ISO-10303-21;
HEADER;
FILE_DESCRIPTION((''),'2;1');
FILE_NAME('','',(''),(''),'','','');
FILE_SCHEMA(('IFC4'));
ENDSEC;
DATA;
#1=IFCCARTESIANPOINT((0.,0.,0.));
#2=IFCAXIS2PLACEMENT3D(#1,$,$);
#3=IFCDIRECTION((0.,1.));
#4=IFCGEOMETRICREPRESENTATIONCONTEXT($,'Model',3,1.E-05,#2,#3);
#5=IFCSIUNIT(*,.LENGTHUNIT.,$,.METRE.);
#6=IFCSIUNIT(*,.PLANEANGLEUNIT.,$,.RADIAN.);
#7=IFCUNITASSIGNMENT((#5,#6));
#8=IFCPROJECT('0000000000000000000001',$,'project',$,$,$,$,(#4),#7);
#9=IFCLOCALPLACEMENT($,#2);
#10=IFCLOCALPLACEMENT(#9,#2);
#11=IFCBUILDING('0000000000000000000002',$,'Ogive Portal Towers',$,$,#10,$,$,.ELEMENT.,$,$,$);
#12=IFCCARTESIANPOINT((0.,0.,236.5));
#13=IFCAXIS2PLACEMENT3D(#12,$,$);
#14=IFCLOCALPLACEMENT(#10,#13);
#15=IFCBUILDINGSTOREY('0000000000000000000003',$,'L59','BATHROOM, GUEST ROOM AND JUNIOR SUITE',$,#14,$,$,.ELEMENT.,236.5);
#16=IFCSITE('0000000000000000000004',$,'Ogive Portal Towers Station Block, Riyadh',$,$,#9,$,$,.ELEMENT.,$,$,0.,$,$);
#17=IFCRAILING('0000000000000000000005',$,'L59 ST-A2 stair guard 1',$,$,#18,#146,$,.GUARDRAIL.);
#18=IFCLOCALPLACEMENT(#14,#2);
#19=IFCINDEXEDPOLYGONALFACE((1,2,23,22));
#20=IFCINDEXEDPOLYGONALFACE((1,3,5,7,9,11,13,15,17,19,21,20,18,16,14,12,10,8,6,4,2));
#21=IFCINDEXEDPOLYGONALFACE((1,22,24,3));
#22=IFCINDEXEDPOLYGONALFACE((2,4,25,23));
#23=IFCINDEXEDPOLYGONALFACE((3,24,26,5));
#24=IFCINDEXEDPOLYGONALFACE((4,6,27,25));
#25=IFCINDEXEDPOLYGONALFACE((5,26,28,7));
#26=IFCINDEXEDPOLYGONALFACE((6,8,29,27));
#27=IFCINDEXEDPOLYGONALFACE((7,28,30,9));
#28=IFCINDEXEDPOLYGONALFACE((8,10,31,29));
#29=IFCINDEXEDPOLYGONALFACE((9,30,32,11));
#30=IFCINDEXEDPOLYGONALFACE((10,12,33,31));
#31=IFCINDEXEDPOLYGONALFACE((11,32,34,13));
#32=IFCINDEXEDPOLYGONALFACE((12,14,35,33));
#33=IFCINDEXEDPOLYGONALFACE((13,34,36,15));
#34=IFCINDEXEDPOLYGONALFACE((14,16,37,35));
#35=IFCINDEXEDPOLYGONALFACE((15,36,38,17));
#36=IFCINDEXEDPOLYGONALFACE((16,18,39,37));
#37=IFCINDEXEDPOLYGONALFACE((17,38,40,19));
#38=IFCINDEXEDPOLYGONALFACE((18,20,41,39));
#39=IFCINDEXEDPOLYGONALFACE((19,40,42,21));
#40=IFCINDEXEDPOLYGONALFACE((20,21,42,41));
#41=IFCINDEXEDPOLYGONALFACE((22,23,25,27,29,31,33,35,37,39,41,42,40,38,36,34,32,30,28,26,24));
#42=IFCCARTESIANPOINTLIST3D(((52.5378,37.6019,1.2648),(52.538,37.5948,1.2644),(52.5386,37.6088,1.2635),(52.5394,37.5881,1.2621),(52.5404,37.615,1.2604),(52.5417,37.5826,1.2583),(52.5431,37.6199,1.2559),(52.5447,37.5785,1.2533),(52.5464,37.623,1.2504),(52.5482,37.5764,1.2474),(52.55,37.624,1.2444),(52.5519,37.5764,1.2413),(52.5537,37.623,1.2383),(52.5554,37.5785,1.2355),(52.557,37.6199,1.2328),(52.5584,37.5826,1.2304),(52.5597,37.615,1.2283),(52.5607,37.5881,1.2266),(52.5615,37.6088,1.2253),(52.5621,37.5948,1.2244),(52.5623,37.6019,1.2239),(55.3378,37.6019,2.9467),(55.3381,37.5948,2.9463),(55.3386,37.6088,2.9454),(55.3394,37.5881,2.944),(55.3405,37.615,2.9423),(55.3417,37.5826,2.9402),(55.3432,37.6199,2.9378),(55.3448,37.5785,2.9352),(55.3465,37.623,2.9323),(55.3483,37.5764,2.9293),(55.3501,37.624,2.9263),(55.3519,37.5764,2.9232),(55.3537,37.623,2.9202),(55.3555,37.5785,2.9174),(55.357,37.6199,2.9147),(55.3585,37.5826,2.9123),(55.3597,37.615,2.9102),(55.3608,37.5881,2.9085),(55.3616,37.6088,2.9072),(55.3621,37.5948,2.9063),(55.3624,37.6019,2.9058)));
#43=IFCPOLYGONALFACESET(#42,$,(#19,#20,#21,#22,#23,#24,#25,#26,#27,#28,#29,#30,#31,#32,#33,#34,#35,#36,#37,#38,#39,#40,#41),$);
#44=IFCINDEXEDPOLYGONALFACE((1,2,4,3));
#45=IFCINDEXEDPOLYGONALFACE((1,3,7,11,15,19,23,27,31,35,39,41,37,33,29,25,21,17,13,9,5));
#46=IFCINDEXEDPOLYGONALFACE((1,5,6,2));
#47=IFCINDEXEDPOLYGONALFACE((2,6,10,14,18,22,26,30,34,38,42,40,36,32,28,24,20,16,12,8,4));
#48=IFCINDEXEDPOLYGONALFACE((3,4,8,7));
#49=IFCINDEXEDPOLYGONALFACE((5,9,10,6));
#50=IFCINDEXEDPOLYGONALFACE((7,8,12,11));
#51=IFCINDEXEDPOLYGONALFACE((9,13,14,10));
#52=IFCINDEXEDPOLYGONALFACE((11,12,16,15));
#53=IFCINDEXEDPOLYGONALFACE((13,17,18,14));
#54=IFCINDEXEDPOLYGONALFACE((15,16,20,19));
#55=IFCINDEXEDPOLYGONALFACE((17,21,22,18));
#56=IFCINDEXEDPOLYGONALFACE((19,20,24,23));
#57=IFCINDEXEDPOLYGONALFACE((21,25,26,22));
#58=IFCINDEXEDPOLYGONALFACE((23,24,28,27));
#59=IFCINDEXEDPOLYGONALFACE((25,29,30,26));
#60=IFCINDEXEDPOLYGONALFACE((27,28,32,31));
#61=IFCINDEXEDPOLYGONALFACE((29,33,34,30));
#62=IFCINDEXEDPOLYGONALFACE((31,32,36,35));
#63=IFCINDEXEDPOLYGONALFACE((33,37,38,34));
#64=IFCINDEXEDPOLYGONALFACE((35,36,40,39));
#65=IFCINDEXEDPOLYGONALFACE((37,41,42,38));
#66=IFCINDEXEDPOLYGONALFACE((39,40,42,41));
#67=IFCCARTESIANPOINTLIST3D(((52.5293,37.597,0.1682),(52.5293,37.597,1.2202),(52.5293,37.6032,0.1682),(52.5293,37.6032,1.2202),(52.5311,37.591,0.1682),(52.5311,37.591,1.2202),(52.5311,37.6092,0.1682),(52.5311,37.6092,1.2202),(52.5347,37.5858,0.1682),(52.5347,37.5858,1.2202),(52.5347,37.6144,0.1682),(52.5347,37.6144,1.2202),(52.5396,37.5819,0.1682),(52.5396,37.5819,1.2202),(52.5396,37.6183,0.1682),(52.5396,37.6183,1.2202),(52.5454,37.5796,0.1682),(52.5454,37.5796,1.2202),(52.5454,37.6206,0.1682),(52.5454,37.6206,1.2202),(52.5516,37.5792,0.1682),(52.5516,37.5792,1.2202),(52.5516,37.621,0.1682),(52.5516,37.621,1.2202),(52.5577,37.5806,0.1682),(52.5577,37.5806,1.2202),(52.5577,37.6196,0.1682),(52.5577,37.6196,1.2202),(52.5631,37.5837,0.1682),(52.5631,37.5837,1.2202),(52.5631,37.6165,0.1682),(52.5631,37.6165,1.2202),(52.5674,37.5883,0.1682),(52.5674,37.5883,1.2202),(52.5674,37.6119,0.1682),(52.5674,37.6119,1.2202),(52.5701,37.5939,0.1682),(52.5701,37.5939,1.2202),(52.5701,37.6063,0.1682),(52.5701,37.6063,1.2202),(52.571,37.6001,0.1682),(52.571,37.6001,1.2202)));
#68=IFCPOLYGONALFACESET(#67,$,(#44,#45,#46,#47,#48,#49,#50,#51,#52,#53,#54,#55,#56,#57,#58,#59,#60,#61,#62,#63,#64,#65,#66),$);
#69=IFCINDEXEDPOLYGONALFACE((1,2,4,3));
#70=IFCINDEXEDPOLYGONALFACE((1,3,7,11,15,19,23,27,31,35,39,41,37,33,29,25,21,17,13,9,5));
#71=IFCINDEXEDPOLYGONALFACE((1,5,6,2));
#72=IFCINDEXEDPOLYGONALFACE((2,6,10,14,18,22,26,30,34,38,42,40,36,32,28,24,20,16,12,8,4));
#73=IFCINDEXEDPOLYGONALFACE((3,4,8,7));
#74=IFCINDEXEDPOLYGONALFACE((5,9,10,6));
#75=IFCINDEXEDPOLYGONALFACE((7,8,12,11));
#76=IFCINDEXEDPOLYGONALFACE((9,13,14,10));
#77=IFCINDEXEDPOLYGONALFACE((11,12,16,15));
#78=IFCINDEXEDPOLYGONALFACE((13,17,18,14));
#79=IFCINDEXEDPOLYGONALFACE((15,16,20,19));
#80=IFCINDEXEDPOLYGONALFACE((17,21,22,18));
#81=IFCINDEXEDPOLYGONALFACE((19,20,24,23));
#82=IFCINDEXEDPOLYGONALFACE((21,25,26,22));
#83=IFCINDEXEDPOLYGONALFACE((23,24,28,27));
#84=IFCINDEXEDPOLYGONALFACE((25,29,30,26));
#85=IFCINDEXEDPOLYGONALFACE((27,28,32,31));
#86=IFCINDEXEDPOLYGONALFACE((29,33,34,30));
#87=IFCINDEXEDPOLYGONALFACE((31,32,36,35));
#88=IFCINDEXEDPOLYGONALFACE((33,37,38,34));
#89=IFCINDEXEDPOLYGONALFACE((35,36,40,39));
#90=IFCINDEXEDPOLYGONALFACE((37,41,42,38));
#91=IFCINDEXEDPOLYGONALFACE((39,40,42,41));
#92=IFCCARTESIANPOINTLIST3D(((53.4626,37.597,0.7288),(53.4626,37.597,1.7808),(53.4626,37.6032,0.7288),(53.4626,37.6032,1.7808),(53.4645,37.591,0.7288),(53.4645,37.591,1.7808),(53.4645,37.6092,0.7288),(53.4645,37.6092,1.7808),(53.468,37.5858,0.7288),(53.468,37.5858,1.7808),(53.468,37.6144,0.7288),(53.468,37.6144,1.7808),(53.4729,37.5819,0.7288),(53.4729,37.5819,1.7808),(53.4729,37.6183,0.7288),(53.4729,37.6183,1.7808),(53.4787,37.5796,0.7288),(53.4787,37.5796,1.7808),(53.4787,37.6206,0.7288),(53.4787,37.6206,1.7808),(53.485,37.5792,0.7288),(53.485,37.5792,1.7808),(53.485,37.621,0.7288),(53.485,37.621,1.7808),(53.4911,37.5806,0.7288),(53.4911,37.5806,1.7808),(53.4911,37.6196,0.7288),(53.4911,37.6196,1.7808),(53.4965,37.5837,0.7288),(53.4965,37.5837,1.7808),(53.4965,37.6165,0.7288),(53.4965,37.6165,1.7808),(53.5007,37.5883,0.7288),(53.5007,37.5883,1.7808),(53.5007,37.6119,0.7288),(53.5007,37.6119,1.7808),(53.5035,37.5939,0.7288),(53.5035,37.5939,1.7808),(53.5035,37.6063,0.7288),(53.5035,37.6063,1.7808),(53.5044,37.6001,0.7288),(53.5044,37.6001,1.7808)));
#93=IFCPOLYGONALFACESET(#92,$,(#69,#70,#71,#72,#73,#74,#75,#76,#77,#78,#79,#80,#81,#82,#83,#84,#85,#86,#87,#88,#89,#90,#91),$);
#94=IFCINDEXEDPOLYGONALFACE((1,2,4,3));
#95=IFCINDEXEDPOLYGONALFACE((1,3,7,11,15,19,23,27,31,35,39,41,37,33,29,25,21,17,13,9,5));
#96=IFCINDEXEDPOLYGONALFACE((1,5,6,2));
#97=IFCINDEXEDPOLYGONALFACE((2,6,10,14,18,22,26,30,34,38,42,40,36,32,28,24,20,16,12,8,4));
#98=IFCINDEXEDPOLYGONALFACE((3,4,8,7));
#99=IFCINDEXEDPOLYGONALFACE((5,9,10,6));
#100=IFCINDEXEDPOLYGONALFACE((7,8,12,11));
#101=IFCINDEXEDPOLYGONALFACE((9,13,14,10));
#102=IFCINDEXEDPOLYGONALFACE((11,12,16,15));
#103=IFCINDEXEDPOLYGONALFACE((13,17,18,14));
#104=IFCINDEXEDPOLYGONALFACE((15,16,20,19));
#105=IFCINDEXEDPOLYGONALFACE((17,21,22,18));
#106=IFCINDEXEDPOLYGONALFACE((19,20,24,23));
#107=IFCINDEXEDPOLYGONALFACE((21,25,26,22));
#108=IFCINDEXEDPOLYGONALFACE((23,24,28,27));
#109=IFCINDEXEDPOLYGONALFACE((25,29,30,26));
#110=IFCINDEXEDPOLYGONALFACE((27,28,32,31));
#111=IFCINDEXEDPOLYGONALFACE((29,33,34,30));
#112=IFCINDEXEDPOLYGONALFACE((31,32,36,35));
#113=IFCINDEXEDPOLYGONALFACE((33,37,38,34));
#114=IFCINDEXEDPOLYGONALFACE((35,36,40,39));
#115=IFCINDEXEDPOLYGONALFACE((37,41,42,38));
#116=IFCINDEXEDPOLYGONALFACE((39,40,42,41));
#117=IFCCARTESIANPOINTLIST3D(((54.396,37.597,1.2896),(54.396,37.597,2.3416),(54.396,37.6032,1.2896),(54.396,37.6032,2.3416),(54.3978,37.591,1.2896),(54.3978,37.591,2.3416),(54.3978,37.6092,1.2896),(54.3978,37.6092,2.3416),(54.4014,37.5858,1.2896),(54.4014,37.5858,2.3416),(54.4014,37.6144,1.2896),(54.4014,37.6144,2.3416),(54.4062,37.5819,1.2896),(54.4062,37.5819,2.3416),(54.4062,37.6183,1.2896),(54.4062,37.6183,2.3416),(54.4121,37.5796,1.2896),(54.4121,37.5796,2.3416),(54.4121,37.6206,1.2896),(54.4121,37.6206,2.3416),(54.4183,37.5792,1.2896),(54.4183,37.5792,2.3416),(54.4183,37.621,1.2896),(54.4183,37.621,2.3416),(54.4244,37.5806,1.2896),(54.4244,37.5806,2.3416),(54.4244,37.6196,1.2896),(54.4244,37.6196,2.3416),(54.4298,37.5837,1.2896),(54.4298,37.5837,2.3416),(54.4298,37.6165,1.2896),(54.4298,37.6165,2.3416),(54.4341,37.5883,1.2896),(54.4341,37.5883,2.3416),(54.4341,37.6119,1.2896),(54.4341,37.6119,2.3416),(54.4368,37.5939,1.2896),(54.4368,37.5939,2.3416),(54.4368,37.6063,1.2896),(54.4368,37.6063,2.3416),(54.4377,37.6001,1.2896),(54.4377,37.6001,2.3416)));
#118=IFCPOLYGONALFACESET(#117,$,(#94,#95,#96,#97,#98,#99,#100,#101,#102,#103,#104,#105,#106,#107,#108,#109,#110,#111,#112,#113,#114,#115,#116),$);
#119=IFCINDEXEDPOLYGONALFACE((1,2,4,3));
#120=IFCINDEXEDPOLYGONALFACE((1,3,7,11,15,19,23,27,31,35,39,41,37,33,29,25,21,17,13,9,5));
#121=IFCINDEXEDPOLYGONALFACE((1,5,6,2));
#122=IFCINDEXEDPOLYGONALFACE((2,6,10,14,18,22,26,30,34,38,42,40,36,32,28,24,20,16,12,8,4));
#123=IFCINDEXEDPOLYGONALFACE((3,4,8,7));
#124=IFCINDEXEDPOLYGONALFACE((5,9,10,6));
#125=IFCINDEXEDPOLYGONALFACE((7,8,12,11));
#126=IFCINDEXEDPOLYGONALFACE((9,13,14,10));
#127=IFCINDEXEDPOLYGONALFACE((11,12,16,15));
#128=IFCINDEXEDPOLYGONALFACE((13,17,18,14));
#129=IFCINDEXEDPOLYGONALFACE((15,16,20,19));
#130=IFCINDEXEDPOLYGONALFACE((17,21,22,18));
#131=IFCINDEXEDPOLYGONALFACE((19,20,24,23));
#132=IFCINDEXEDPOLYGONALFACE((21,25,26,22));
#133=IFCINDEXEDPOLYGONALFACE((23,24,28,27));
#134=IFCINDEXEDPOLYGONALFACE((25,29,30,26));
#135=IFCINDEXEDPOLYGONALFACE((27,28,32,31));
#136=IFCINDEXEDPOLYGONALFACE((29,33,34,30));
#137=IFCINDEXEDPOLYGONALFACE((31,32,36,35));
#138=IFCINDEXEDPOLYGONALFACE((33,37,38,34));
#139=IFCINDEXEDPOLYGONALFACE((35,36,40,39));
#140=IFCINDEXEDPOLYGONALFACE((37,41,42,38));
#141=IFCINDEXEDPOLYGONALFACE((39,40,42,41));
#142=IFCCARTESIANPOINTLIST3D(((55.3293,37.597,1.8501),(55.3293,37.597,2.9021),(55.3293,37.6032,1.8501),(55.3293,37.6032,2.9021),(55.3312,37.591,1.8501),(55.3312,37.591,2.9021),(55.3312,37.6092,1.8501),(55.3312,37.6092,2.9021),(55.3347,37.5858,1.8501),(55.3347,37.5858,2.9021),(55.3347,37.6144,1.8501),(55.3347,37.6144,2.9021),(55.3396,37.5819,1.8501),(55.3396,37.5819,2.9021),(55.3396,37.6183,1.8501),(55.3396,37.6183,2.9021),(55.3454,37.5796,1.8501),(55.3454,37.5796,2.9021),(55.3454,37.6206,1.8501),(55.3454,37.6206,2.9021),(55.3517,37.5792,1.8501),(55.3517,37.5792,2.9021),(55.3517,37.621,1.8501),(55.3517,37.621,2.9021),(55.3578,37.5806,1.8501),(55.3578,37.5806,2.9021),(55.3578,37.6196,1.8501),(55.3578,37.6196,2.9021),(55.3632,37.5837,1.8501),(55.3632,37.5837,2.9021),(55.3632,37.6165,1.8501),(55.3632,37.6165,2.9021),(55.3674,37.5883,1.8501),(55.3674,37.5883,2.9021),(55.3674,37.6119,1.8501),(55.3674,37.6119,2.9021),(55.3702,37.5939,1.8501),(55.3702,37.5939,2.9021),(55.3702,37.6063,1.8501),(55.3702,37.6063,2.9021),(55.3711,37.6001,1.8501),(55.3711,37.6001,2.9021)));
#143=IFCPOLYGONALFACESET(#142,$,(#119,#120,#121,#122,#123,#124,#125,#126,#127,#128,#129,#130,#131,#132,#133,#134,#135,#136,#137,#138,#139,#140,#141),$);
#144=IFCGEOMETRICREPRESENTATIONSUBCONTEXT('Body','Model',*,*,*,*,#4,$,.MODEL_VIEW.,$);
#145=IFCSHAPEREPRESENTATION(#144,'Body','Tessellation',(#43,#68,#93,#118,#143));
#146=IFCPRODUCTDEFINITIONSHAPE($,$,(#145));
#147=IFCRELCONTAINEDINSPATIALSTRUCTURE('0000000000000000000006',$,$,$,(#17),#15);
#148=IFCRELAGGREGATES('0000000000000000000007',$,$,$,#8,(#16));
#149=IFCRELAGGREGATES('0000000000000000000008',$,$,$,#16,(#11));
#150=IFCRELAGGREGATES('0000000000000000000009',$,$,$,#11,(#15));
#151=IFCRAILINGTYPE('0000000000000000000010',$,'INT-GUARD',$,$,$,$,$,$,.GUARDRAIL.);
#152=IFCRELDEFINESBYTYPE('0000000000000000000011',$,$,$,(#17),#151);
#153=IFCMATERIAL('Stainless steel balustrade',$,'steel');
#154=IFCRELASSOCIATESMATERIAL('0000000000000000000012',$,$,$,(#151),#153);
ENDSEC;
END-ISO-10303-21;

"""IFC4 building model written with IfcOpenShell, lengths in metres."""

from ifc_helpers import new_model, si_unit, direction, frame, origin, origin_2d, place, context, subcontext, project, spatial, circle, extrude, material, type_object, element, save


model = new_model("IFC4")

# Units and contexts
model_context = context("Model", 3, precision=1e-05, world=origin(), true_north=direction((0.0, 1.0)))
body_context = subcontext(model_context, "Body", "Model", "MODEL_VIEW")
ifc_project = project(units=[si_unit("LENGTHUNIT", "METRE"), si_unit("PLANEANGLEUNIT", "RADIAN")], contexts=[model_context])

# Site, building, storey
site_placement = place(None, origin())
site = spatial("IfcSite", under=ifc_project, at=site_placement, Name="Ogive Portal Towers Station Block, Riyadh", CompositionType="ELEMENT", RefElevation=0.0)
building_placement = place(site_placement, origin())
building = spatial("IfcBuilding", under=site, at=building_placement, Name="Ogive Portal Towers", CompositionType="ELEMENT")
storey_placement = place(building_placement, frame((0.0, 0.0, 236.5)))
storey = spatial("IfcBuildingStorey", under=building, at=storey_placement, Name="L59", Description="BATHROOM, GUEST ROOM AND JUNIOR SUITE", CompositionType="ELEMENT", Elevation=236.5)

# Railing
ifc_material_1 = material(Name="Stainless steel balustrade", Category="steel")
railing_type_1 = type_object("IfcRailingType", Name="INT-GUARD", PredefinedType="GUARDRAIL", material=ifc_material_1)
railing_1_placement = place(storey_placement, frame((52.55, 37.6001, 0.1682)))
element("IfcRailing", 1, at=railing_1_placement, inside=storey, type_object=railing_type_1, Name="L59 ST-A2 stair guard 1", PredefinedType="GUARDRAIL", context=body_context, shape_type="SweptSolid", body=[
    extrude(circle(Radius=0.0239, at=origin_2d()), frame((0.0, 0.0, 1.0762), z_axis=(0.857242, 0.0, 0.514913), x_axis=(0.0, 1.0, 0.0)), (0.0, 0.0, 1.0), 3.2664),
    extrude(circle(Radius=0.021, at=origin_2d()), origin(), (0.0, 0.0, 1.0), 1.052),
    extrude(circle(Radius=0.021, at=origin_2d()), frame((0.9333, 0.0, 0.5605)), (0.0, 0.0, 1.0), 1.052),
    extrude(circle(Radius=0.021, at=origin_2d()), frame((1.8667, 0.0, 1.1213)), (0.0, 0.0, 1.0), 1.052),
    extrude(circle(Radius=0.021, at=origin_2d()), frame((2.8, 0.0, 1.6819)), (0.0, 0.0, 1.0), 1.052),
])

save(model, "model.ifc")
